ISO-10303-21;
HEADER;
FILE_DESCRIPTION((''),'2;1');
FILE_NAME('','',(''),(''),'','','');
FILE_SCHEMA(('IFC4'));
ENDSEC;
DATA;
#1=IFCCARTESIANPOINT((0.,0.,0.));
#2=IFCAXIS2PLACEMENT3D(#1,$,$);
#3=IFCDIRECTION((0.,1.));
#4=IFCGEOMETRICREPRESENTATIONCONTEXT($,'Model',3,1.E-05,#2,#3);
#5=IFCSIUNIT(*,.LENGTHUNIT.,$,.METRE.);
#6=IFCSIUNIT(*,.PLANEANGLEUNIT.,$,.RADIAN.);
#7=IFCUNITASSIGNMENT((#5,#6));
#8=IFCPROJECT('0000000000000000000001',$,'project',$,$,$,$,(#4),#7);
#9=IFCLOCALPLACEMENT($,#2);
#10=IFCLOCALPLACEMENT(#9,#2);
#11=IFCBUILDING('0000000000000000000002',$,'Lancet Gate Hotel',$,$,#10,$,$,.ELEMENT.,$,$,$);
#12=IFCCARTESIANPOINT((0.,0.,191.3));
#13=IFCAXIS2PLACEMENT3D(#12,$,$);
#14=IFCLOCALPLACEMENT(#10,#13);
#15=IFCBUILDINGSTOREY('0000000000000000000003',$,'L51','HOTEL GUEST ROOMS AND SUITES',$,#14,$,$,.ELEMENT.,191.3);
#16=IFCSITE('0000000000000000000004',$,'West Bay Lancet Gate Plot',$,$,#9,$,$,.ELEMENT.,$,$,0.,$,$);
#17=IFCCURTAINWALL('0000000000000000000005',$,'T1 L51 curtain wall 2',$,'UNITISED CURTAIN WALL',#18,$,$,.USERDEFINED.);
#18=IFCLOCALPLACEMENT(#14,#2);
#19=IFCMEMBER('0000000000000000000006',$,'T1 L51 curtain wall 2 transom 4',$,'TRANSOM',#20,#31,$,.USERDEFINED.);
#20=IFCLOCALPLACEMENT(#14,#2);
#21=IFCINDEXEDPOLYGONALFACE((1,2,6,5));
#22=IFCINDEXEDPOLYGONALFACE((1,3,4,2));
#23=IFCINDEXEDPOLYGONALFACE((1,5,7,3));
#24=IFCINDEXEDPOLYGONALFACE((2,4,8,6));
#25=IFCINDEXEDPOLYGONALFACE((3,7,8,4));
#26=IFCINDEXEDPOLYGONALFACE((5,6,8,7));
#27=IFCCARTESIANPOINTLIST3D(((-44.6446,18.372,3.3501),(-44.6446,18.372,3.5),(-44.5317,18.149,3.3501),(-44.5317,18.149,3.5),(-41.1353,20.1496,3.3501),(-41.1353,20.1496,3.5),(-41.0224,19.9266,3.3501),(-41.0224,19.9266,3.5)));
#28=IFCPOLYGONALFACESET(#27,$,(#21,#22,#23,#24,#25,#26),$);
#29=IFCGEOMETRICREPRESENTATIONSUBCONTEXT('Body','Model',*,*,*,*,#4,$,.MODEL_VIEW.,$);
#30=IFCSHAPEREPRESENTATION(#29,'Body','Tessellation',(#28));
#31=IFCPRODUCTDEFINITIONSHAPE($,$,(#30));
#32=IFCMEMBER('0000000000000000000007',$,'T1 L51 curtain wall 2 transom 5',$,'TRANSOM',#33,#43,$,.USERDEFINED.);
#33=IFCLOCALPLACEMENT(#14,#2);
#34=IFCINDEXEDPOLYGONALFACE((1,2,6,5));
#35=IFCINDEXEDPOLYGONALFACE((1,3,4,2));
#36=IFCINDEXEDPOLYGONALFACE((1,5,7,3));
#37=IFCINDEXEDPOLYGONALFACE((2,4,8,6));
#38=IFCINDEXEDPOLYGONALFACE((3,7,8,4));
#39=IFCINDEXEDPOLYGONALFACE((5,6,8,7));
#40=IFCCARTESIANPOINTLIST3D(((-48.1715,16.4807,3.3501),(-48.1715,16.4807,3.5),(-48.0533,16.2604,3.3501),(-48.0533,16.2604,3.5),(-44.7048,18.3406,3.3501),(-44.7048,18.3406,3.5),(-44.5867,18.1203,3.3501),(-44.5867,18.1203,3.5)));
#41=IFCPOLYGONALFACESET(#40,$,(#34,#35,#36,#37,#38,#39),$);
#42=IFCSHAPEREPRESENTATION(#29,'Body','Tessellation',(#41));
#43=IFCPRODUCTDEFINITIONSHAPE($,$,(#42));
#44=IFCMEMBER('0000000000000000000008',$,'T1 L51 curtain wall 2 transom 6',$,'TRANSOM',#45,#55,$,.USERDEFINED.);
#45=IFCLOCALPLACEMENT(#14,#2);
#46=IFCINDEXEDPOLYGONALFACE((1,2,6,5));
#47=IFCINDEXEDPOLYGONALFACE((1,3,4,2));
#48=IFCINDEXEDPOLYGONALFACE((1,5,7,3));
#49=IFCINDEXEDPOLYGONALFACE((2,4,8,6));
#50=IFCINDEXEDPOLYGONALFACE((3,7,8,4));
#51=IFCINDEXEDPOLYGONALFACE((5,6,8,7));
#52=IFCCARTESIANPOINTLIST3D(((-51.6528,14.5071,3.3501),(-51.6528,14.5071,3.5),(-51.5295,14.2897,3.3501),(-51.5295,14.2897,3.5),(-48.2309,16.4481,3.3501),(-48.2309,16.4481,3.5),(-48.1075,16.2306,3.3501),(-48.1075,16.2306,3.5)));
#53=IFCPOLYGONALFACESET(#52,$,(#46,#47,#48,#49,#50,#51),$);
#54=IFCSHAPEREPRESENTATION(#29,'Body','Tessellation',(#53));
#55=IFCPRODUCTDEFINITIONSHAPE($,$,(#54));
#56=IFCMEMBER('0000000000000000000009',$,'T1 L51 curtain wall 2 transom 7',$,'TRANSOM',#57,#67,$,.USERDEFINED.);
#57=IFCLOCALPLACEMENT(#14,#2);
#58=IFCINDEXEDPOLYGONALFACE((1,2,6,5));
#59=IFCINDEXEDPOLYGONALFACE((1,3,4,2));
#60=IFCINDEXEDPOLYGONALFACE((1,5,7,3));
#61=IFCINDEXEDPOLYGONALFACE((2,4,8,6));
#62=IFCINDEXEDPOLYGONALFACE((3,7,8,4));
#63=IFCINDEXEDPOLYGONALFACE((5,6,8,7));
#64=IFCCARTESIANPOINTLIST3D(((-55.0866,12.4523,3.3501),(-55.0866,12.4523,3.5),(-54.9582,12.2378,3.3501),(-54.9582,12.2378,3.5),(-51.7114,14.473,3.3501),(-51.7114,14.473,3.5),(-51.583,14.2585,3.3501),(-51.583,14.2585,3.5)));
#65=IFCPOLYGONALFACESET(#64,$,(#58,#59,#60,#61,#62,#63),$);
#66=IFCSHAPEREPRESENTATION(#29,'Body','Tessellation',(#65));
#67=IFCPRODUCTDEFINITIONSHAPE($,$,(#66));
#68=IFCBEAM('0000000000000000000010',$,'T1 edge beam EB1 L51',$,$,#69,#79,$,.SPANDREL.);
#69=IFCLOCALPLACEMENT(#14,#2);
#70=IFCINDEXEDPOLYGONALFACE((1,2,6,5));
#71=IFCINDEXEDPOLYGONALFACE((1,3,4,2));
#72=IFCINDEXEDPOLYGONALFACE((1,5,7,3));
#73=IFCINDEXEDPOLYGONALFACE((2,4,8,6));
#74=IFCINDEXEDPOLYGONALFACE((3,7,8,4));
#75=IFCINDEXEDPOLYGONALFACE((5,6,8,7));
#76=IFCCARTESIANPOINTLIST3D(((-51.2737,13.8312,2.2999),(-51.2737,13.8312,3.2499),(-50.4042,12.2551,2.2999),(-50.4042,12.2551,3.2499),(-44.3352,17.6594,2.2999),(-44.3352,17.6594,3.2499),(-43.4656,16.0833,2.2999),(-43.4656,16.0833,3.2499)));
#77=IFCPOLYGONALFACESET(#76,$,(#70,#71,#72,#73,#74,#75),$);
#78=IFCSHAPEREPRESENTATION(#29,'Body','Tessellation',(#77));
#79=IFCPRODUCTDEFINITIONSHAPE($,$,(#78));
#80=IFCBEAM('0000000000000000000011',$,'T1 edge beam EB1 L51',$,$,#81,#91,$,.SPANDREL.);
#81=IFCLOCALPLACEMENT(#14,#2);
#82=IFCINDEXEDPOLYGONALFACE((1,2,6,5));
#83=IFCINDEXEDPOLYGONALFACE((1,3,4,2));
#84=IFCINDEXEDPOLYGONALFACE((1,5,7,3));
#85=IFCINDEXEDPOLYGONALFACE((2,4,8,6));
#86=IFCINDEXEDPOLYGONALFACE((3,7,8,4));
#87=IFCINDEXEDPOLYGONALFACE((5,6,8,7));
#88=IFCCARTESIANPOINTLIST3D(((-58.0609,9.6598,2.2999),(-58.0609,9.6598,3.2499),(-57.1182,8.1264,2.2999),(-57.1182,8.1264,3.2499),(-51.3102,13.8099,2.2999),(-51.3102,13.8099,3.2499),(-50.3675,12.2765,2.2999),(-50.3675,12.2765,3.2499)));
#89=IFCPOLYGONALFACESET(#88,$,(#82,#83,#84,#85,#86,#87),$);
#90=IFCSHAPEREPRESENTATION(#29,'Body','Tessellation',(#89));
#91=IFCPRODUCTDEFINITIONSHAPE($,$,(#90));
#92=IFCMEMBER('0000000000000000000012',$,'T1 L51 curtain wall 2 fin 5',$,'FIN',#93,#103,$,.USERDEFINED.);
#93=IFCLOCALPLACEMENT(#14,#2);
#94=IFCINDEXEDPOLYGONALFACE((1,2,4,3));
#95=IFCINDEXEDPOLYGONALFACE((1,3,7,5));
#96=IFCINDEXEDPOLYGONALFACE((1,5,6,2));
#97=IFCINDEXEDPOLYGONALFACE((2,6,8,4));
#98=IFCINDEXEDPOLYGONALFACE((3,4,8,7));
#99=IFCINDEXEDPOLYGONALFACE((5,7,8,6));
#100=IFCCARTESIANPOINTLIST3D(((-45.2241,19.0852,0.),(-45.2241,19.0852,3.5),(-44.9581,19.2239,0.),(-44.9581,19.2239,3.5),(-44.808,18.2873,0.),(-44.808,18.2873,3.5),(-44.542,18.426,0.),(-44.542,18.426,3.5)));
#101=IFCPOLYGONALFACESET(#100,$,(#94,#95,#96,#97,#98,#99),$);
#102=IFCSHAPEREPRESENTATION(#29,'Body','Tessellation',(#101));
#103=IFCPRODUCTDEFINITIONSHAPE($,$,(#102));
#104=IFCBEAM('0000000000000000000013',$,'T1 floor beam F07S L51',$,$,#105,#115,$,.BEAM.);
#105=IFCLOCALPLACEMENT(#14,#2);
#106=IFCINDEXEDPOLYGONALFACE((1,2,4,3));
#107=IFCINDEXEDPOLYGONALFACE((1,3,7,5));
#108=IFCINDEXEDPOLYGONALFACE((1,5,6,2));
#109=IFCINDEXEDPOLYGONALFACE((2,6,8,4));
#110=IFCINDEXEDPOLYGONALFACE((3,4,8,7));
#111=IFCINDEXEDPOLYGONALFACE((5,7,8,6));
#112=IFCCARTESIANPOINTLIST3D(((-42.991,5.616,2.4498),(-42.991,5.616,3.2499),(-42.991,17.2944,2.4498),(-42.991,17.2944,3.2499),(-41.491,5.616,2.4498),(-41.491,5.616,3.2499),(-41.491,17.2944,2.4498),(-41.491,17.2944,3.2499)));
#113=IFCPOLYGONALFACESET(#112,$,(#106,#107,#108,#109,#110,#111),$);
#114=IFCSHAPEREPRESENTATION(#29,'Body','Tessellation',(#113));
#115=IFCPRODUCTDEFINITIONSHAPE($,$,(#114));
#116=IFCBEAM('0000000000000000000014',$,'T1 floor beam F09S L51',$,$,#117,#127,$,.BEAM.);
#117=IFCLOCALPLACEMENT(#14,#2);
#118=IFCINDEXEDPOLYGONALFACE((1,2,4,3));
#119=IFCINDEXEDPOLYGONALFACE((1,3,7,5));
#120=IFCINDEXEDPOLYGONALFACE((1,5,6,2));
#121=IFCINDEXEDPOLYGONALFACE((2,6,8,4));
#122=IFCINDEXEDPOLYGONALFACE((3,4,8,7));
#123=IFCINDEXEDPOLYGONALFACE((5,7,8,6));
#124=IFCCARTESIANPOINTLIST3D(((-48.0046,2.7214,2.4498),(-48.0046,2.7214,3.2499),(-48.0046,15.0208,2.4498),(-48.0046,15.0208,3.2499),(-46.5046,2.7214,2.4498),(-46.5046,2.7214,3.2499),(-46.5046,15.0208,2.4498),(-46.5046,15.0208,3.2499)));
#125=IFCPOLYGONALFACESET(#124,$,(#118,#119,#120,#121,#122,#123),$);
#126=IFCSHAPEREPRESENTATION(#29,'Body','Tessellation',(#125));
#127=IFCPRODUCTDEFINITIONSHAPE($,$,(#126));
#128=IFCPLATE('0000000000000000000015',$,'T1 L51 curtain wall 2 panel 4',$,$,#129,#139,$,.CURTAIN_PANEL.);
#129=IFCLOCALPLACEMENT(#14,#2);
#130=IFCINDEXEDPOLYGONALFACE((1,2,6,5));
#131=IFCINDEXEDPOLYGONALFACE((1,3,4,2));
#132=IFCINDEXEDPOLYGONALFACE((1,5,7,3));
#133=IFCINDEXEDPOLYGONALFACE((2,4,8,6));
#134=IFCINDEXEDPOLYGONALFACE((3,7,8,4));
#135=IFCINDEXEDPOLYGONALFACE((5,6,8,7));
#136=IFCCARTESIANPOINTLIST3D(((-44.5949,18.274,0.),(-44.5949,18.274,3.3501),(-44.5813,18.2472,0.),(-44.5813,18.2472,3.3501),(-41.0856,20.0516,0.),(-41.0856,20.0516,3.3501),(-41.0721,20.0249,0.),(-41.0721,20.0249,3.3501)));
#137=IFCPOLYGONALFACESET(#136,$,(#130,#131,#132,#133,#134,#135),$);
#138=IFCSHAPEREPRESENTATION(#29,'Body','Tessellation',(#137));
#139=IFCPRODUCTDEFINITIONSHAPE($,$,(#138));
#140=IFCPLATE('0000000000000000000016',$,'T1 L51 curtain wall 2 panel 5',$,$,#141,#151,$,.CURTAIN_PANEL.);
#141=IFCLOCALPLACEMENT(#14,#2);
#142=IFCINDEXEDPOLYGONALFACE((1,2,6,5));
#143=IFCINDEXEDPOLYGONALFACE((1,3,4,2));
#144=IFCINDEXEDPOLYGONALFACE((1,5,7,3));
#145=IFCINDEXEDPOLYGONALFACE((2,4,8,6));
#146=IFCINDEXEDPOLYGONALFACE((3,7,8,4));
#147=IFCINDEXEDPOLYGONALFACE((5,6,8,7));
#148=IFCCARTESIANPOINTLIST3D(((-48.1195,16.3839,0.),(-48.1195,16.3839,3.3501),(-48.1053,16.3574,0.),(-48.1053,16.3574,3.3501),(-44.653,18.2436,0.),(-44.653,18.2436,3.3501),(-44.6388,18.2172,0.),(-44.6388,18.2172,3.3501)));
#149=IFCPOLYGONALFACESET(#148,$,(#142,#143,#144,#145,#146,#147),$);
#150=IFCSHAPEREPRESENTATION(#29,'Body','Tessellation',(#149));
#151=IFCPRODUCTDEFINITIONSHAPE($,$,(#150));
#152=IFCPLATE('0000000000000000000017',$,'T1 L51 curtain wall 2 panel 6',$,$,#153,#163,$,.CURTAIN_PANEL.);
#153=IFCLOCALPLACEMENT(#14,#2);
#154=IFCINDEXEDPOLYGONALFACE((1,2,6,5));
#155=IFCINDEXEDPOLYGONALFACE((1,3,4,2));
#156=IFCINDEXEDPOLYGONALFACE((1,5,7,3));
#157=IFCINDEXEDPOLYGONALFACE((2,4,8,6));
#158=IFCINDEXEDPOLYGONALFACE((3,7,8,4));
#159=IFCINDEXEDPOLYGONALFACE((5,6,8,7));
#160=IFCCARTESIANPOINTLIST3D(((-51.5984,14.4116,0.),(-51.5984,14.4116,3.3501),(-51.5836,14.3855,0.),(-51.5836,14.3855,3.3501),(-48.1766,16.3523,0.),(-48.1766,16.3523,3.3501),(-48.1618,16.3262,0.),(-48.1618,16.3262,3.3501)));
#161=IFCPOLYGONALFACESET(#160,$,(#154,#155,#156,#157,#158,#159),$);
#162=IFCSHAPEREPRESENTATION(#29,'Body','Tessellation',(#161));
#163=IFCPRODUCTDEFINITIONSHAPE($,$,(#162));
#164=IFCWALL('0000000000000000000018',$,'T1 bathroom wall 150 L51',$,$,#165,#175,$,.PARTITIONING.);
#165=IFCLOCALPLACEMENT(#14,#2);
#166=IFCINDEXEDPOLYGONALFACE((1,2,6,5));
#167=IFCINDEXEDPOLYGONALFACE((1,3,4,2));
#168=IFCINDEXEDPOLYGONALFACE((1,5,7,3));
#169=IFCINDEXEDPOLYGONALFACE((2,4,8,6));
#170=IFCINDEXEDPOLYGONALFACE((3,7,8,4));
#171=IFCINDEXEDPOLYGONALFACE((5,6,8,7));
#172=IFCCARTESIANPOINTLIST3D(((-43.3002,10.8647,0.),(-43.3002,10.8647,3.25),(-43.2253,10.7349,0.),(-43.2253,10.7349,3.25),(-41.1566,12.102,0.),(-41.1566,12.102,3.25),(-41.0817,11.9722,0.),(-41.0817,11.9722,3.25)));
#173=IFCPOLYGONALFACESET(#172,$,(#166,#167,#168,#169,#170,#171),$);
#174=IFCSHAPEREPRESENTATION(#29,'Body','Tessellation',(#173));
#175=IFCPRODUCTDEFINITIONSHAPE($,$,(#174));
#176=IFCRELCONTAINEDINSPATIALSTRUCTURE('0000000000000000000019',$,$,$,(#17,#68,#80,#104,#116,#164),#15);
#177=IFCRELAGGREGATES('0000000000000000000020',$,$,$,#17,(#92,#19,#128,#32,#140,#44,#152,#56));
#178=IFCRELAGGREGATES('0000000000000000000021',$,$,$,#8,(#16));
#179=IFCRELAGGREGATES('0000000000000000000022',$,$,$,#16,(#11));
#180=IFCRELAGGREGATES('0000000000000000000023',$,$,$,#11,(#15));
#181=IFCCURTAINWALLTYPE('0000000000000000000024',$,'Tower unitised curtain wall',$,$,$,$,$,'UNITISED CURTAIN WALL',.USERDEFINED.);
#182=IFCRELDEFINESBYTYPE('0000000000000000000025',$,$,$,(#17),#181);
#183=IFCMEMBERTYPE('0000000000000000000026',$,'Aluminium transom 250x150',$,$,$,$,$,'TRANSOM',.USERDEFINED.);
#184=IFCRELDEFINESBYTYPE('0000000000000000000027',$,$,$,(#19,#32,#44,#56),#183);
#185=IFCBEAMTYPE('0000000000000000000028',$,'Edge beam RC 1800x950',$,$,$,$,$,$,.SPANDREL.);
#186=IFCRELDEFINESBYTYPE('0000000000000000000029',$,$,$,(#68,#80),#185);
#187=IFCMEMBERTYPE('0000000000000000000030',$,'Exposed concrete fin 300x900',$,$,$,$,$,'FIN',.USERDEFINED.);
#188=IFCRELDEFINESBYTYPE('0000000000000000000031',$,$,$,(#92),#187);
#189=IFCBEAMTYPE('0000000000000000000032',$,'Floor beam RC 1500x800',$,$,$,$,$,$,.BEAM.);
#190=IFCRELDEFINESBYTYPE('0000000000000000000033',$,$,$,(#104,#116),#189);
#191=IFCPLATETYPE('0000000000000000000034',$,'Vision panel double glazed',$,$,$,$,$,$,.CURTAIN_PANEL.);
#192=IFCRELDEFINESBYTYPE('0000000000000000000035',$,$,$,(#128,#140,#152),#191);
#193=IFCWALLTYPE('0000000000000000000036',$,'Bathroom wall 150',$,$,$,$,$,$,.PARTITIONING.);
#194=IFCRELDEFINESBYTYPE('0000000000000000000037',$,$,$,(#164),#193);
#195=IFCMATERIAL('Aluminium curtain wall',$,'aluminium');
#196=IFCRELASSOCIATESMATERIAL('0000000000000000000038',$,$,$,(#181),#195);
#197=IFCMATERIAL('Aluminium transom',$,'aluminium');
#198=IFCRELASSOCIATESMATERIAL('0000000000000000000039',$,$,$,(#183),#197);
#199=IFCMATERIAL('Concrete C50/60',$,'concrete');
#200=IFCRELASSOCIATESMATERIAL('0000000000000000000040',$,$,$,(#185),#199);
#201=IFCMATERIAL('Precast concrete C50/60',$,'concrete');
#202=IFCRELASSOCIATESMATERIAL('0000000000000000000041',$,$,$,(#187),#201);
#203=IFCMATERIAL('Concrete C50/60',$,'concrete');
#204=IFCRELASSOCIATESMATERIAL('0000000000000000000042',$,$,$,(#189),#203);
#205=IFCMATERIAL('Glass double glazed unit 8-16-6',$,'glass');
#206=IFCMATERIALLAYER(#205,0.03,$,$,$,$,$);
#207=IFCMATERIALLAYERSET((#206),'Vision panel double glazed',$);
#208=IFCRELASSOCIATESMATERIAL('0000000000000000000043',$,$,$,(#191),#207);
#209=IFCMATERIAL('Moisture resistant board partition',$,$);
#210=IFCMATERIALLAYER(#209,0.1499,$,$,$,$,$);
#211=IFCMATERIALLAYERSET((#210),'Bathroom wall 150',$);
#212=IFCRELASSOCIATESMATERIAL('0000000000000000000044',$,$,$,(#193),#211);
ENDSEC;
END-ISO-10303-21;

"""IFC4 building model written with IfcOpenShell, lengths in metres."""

from ifc_helpers import new_model, si_unit, direction, frame, frame_2d, origin, origin_2d, place, context, subcontext, project, spatial, rectangle, extrude, material, layer, layer_set, material_profile, profile_set, type_object, element, aggregate, save


model = new_model("IFC4")

# Units and contexts
model_context = context("Model", 3, precision=1e-05, world=origin(), true_north=direction((0.0, 1.0)))
body_context = subcontext(model_context, "Body", "Model", "MODEL_VIEW")
ifc_project = project(units=[si_unit("LENGTHUNIT", "METRE"), si_unit("PLANEANGLEUNIT", "RADIAN")], contexts=[model_context])

# Site, building, storey
site_placement = place(None, origin())
site = spatial("IfcSite", under=ifc_project, at=site_placement, Name="West Bay Lancet Gate Plot", CompositionType="ELEMENT", RefElevation=0.0)
building_placement = place(site_placement, origin())
building = spatial("IfcBuilding", under=site, at=building_placement, Name="Lancet Gate Hotel", CompositionType="ELEMENT")
storey_placement = place(building_placement, frame((0.0, 0.0, 191.3)))
storey = spatial("IfcBuildingStorey", under=building, at=storey_placement, Name="L51", Description="HOTEL GUEST ROOMS AND SUITES", CompositionType="ELEMENT", Elevation=191.3)

# Curtain wall, members
ifc_material_1 = material(Name="Aluminium curtain wall", Category="aluminium")
curtain_wall_type = type_object("IfcCurtainWallType", Name="Tower unitised curtain wall", ElementType="UNITISED CURTAIN WALL", PredefinedType="USERDEFINED", material=ifc_material_1)
curtain_wall_placement = place(storey_placement, origin())
curtain_wall = element("IfcCurtainWall", 1, at=curtain_wall_placement, inside=storey, type_object=curtain_wall_type, Name="T1 L51 curtain wall 2", ObjectType="UNITISED CURTAIN WALL", PredefinedType="USERDEFINED")
ifc_material_2 = material(Name="Aluminium transom", Category="aluminium")
ifc_material_profile_1 = material_profile(ifc_material_2, rectangle(XDim=0.25, YDim=0.1499, at=origin_2d()), Name="TRANSOM 250x150")
ifc_profile_set_1 = profile_set([ifc_material_profile_1], Name="Aluminium transom")
member_type_1 = type_object("IfcMemberType", Name="Aluminium transom 250x150", ElementType="TRANSOM", PredefinedType="USERDEFINED", material=ifc_profile_set_1)
member_1_placement = place(storey_placement, frame((-41.0789, 20.0381, 3.425), z_axis=(-0.892081, -0.451875, 0.0), x_axis=(0.451875, -0.892081, 0.0)))
member_1 = element("IfcMember", 2, at=member_1_placement, type_object=member_type_1, Name="T1 L51 curtain wall 2 transom 4", ObjectType="TRANSOM", PredefinedType="USERDEFINED", context=body_context, shape_type="SweptSolid", body=[
    extrude(rectangle(XDim=0.25, YDim=0.1499, at=origin_2d()), origin(), (0.0, 0.0, 1.0), 3.9338),
])
member_2_placement = place(storey_placement, frame((-44.6458, 18.2305, 3.425), z_axis=(-0.881185, -0.472771, 0.0), x_axis=(0.472771, -0.881185, 0.0)))
member_2 = element("IfcMember", 3, at=member_2_placement, type_object=member_type_1, Name="T1 L51 curtain wall 2 transom 5", ObjectType="TRANSOM", PredefinedType="USERDEFINED", context=body_context, shape_type="SweptSolid", body=[
    extrude(rectangle(XDim=0.25, YDim=0.1499, at=origin_2d()), origin(), (0.0, 0.0, 1.0), 3.9341),
])
member_3_placement = place(storey_placement, frame((-48.1692, 16.3394, 3.425), z_axis=(-0.86982, -0.49337, 0.0), x_axis=(0.49337, -0.86982, 0.0)))
member_3 = element("IfcMember", 4, at=member_3_placement, type_object=member_type_1, Name="T1 L51 curtain wall 2 transom 6", ObjectType="TRANSOM", PredefinedType="USERDEFINED", context=body_context, shape_type="SweptSolid", body=[
    extrude(rectangle(XDim=0.25, YDim=0.1499, at=origin_2d()), origin(), (0.0, 0.0, 1.0), 3.9341),
])
member_4_placement = place(storey_placement, frame((-51.6472, 14.3657, 3.425), z_axis=(-0.857985, -0.513674, 0.0), x_axis=(0.513674, -0.857985, 0.0)))
member_4 = element("IfcMember", 5, at=member_4_placement, type_object=member_type_1, Name="T1 L51 curtain wall 2 transom 7", ObjectType="TRANSOM", PredefinedType="USERDEFINED", context=body_context, shape_type="SweptSolid", body=[
    extrude(rectangle(XDim=0.25, YDim=0.1499, at=origin_2d()), origin(), (0.0, 0.0, 1.0), 3.9338),
])

# Beams
ifc_material_3 = material(Name="Concrete C50/60", Category="concrete")
ifc_material_profile_2 = material_profile(ifc_material_3, rectangle(XDim=1.8, YDim=0.95, at=origin_2d()), Name="RC 1800x950")
ifc_profile_set_2 = profile_set([ifc_material_profile_2], Name="Concrete C50/60")
beam_type_1 = type_object("IfcBeamType", Name="Edge beam RC 1800x950", PredefinedType="SPANDREL", material=ifc_profile_set_2)
beam_1_placement = place(storey_placement, frame((-43.9004, 16.8713, 2.7749), z_axis=(-0.875578, -0.483077, 0.0), x_axis=(0.483077, -0.875578, 0.0)))
element("IfcBeam", 6, at=beam_1_placement, inside=storey, type_object=beam_type_1, Name="T1 edge beam EB1 L51", PredefinedType="SPANDREL", context=body_context, shape_type="SweptSolid", body=[
    extrude(rectangle(XDim=1.8, YDim=0.95, at=origin_2d()), origin(), (0.0, 0.0, 1.0), 7.9246),
])
beam_2_placement = place(storey_placement, frame((-50.8389, 13.0432, 2.7749), z_axis=(-0.851892, -0.523717, 0.0), x_axis=(0.523717, -0.851892, 0.0)))
element("IfcBeam", 7, at=beam_2_placement, inside=storey, type_object=beam_type_1, Name="T1 edge beam EB1 L51", PredefinedType="SPANDREL", context=body_context, shape_type="SweptSolid", body=[
    extrude(rectangle(XDim=1.8, YDim=0.95, at=origin_2d()), origin(), (0.0, 0.0, 1.0), 7.9243),
])

# Member
ifc_material_4 = material(Name="Precast concrete C50/60", Category="concrete")
ifc_material_profile_3 = material_profile(ifc_material_4, rectangle(XDim=0.3, YDim=0.8999, at=origin_2d()), Name="FIN 300x900")
ifc_profile_set_3 = profile_set([ifc_material_profile_3], Name="Precast concrete C50/60")
member_type_2 = type_object("IfcMemberType", Name="Exposed concrete fin 300x900", ElementType="FIN", PredefinedType="USERDEFINED", material=ifc_profile_set_3)
member_5_placement = place(storey_placement, frame((-44.8831, 18.7556, 0.0), z_axis=(0.0, 0.0, 1.0), x_axis=(-0.886694, -0.462356, 0.0)))
member_5 = element("IfcMember", 8, at=member_5_placement, type_object=member_type_2, Name="T1 L51 curtain wall 2 fin 5", ObjectType="FIN", PredefinedType="USERDEFINED", context=body_context, shape_type="SweptSolid", body=[
    extrude(rectangle(XDim=0.3, YDim=0.8999, at=origin_2d()), origin(), (0.0, 0.0, 1.0), 3.5),
])

# Beams
ifc_material_5 = material(Name="Concrete C50/60", Category="concrete")
ifc_material_profile_4 = material_profile(ifc_material_5, rectangle(XDim=1.5, YDim=0.8, at=origin_2d()), Name="RC 1500x800")
ifc_profile_set_4 = profile_set([ifc_material_profile_4], Name="Concrete C50/60")
beam_type_2 = type_object("IfcBeamType", Name="Floor beam RC 1500x800", PredefinedType="BEAM", material=ifc_profile_set_4)
beam_3_placement = place(storey_placement, frame((-42.241, 17.2944, 2.8499), z_axis=(0.0, -1.0, 0.0), x_axis=(1.0, 0.0, 0.0)))
element("IfcBeam", 9, at=beam_3_placement, inside=storey, type_object=beam_type_2, Name="T1 floor beam F07S L51", PredefinedType="BEAM", context=body_context, shape_type="SweptSolid", body=[
    extrude(rectangle(XDim=1.5, YDim=0.8, at=origin_2d()), origin(), (0.0, 0.0, 1.0), 11.6785),
])
beam_4_placement = place(storey_placement, frame((-47.2546, 15.0208, 2.8499), z_axis=(0.0, -1.0, 0.0), x_axis=(1.0, 0.0, 0.0)))
element("IfcBeam", 10, at=beam_4_placement, inside=storey, type_object=beam_type_2, Name="T1 floor beam F09S L51", PredefinedType="BEAM", context=body_context, shape_type="SweptSolid", body=[
    extrude(rectangle(XDim=1.5, YDim=0.8, at=origin_2d()), origin(), (0.0, 0.0, 1.0), 12.2993),
])

# Plates
ifc_material_6 = material(Name="Glass double glazed unit 8-16-6", Category="glass")
ifc_layer_1 = layer(ifc_material_6, 0.03)
ifc_layer_set_1 = layer_set([ifc_layer_1], Name="Vision panel double glazed")
plate_type = type_object("IfcPlateType", Name="Vision panel double glazed", PredefinedType="CURTAIN_PANEL", material=ifc_layer_set_1)
plate_1_placement = place(storey_placement, frame((-42.8335, 19.1494, 0.0), z_axis=(0.0, 0.0, 1.0), x_axis=(-0.892071, -0.451895, 0.0)))
plate_1 = element("IfcPlate", 11, at=plate_1_placement, type_object=plate_type, Name="T1 L51 curtain wall 2 panel 4", PredefinedType="CURTAIN_PANEL", context=body_context, shape_type="SweptSolid", body=[
    extrude(rectangle(XDim=3.9338, YDim=0.03, at=origin_2d()), origin(), (0.0, 0.0, 1.0), 3.3501),
])
plate_2_placement = place(storey_placement, frame((-46.3792, 17.3005, 0.0), z_axis=(0.0, 0.0, 1.0), x_axis=(-0.881195, -0.472753, 0.0)))
plate_2 = element("IfcPlate", 12, at=plate_2_placement, type_object=plate_type, Name="T1 L51 curtain wall 2 panel 5", PredefinedType="CURTAIN_PANEL", context=body_context, shape_type="SweptSolid", body=[
    extrude(rectangle(XDim=3.9338, YDim=0.03, at=origin_2d()), origin(), (0.0, 0.0, 1.0), 3.3501),
])
plate_3_placement = place(storey_placement, frame((-49.8801, 15.3689, 0.0), z_axis=(0.0, 0.0, 1.0), x_axis=(-0.869831, -0.493349, 0.0)))
plate_3 = element("IfcPlate", 13, at=plate_3_placement, type_object=plate_type, Name="T1 L51 curtain wall 2 panel 6", PredefinedType="CURTAIN_PANEL", context=body_context, shape_type="SweptSolid", body=[
    extrude(rectangle(XDim=3.9338, YDim=0.03, at=origin_2d()), origin(), (0.0, 0.0, 1.0), 3.3501),
])
aggregate(curtain_wall, [member_5, member_1, plate_1, member_2, plate_2, member_3, plate_3, member_4])

# Wall
ifc_material_7 = material(Name="Moisture resistant board partition")
ifc_layer_2 = layer(ifc_material_7, 0.1499)
ifc_layer_set_2 = layer_set([ifc_layer_2], Name="Bathroom wall 150")
wall_type_1 = type_object("IfcWallType", Name="Bathroom wall 150", PredefinedType="PARTITIONING", material=ifc_layer_set_2)
wall_1_placement = place(storey_placement, frame((-41.1191, 12.0371, 0.0), z_axis=(0.0, 0.0, 1.0), x_axis=(-0.866074, -0.499916, 0.0)))
element("IfcWall", 14, at=wall_1_placement, inside=storey, type_object=wall_type_1, Name="T1 bathroom wall 150 L51", PredefinedType="PARTITIONING", context=body_context, shape_type="SweptSolid", body=[
    extrude(rectangle(XDim=2.4751, YDim=0.1499, at=frame_2d((1.2375, 0.0))), origin(), (0.0, 0.0, 1.0), 3.25),
])

save(model, "model.ifc")
